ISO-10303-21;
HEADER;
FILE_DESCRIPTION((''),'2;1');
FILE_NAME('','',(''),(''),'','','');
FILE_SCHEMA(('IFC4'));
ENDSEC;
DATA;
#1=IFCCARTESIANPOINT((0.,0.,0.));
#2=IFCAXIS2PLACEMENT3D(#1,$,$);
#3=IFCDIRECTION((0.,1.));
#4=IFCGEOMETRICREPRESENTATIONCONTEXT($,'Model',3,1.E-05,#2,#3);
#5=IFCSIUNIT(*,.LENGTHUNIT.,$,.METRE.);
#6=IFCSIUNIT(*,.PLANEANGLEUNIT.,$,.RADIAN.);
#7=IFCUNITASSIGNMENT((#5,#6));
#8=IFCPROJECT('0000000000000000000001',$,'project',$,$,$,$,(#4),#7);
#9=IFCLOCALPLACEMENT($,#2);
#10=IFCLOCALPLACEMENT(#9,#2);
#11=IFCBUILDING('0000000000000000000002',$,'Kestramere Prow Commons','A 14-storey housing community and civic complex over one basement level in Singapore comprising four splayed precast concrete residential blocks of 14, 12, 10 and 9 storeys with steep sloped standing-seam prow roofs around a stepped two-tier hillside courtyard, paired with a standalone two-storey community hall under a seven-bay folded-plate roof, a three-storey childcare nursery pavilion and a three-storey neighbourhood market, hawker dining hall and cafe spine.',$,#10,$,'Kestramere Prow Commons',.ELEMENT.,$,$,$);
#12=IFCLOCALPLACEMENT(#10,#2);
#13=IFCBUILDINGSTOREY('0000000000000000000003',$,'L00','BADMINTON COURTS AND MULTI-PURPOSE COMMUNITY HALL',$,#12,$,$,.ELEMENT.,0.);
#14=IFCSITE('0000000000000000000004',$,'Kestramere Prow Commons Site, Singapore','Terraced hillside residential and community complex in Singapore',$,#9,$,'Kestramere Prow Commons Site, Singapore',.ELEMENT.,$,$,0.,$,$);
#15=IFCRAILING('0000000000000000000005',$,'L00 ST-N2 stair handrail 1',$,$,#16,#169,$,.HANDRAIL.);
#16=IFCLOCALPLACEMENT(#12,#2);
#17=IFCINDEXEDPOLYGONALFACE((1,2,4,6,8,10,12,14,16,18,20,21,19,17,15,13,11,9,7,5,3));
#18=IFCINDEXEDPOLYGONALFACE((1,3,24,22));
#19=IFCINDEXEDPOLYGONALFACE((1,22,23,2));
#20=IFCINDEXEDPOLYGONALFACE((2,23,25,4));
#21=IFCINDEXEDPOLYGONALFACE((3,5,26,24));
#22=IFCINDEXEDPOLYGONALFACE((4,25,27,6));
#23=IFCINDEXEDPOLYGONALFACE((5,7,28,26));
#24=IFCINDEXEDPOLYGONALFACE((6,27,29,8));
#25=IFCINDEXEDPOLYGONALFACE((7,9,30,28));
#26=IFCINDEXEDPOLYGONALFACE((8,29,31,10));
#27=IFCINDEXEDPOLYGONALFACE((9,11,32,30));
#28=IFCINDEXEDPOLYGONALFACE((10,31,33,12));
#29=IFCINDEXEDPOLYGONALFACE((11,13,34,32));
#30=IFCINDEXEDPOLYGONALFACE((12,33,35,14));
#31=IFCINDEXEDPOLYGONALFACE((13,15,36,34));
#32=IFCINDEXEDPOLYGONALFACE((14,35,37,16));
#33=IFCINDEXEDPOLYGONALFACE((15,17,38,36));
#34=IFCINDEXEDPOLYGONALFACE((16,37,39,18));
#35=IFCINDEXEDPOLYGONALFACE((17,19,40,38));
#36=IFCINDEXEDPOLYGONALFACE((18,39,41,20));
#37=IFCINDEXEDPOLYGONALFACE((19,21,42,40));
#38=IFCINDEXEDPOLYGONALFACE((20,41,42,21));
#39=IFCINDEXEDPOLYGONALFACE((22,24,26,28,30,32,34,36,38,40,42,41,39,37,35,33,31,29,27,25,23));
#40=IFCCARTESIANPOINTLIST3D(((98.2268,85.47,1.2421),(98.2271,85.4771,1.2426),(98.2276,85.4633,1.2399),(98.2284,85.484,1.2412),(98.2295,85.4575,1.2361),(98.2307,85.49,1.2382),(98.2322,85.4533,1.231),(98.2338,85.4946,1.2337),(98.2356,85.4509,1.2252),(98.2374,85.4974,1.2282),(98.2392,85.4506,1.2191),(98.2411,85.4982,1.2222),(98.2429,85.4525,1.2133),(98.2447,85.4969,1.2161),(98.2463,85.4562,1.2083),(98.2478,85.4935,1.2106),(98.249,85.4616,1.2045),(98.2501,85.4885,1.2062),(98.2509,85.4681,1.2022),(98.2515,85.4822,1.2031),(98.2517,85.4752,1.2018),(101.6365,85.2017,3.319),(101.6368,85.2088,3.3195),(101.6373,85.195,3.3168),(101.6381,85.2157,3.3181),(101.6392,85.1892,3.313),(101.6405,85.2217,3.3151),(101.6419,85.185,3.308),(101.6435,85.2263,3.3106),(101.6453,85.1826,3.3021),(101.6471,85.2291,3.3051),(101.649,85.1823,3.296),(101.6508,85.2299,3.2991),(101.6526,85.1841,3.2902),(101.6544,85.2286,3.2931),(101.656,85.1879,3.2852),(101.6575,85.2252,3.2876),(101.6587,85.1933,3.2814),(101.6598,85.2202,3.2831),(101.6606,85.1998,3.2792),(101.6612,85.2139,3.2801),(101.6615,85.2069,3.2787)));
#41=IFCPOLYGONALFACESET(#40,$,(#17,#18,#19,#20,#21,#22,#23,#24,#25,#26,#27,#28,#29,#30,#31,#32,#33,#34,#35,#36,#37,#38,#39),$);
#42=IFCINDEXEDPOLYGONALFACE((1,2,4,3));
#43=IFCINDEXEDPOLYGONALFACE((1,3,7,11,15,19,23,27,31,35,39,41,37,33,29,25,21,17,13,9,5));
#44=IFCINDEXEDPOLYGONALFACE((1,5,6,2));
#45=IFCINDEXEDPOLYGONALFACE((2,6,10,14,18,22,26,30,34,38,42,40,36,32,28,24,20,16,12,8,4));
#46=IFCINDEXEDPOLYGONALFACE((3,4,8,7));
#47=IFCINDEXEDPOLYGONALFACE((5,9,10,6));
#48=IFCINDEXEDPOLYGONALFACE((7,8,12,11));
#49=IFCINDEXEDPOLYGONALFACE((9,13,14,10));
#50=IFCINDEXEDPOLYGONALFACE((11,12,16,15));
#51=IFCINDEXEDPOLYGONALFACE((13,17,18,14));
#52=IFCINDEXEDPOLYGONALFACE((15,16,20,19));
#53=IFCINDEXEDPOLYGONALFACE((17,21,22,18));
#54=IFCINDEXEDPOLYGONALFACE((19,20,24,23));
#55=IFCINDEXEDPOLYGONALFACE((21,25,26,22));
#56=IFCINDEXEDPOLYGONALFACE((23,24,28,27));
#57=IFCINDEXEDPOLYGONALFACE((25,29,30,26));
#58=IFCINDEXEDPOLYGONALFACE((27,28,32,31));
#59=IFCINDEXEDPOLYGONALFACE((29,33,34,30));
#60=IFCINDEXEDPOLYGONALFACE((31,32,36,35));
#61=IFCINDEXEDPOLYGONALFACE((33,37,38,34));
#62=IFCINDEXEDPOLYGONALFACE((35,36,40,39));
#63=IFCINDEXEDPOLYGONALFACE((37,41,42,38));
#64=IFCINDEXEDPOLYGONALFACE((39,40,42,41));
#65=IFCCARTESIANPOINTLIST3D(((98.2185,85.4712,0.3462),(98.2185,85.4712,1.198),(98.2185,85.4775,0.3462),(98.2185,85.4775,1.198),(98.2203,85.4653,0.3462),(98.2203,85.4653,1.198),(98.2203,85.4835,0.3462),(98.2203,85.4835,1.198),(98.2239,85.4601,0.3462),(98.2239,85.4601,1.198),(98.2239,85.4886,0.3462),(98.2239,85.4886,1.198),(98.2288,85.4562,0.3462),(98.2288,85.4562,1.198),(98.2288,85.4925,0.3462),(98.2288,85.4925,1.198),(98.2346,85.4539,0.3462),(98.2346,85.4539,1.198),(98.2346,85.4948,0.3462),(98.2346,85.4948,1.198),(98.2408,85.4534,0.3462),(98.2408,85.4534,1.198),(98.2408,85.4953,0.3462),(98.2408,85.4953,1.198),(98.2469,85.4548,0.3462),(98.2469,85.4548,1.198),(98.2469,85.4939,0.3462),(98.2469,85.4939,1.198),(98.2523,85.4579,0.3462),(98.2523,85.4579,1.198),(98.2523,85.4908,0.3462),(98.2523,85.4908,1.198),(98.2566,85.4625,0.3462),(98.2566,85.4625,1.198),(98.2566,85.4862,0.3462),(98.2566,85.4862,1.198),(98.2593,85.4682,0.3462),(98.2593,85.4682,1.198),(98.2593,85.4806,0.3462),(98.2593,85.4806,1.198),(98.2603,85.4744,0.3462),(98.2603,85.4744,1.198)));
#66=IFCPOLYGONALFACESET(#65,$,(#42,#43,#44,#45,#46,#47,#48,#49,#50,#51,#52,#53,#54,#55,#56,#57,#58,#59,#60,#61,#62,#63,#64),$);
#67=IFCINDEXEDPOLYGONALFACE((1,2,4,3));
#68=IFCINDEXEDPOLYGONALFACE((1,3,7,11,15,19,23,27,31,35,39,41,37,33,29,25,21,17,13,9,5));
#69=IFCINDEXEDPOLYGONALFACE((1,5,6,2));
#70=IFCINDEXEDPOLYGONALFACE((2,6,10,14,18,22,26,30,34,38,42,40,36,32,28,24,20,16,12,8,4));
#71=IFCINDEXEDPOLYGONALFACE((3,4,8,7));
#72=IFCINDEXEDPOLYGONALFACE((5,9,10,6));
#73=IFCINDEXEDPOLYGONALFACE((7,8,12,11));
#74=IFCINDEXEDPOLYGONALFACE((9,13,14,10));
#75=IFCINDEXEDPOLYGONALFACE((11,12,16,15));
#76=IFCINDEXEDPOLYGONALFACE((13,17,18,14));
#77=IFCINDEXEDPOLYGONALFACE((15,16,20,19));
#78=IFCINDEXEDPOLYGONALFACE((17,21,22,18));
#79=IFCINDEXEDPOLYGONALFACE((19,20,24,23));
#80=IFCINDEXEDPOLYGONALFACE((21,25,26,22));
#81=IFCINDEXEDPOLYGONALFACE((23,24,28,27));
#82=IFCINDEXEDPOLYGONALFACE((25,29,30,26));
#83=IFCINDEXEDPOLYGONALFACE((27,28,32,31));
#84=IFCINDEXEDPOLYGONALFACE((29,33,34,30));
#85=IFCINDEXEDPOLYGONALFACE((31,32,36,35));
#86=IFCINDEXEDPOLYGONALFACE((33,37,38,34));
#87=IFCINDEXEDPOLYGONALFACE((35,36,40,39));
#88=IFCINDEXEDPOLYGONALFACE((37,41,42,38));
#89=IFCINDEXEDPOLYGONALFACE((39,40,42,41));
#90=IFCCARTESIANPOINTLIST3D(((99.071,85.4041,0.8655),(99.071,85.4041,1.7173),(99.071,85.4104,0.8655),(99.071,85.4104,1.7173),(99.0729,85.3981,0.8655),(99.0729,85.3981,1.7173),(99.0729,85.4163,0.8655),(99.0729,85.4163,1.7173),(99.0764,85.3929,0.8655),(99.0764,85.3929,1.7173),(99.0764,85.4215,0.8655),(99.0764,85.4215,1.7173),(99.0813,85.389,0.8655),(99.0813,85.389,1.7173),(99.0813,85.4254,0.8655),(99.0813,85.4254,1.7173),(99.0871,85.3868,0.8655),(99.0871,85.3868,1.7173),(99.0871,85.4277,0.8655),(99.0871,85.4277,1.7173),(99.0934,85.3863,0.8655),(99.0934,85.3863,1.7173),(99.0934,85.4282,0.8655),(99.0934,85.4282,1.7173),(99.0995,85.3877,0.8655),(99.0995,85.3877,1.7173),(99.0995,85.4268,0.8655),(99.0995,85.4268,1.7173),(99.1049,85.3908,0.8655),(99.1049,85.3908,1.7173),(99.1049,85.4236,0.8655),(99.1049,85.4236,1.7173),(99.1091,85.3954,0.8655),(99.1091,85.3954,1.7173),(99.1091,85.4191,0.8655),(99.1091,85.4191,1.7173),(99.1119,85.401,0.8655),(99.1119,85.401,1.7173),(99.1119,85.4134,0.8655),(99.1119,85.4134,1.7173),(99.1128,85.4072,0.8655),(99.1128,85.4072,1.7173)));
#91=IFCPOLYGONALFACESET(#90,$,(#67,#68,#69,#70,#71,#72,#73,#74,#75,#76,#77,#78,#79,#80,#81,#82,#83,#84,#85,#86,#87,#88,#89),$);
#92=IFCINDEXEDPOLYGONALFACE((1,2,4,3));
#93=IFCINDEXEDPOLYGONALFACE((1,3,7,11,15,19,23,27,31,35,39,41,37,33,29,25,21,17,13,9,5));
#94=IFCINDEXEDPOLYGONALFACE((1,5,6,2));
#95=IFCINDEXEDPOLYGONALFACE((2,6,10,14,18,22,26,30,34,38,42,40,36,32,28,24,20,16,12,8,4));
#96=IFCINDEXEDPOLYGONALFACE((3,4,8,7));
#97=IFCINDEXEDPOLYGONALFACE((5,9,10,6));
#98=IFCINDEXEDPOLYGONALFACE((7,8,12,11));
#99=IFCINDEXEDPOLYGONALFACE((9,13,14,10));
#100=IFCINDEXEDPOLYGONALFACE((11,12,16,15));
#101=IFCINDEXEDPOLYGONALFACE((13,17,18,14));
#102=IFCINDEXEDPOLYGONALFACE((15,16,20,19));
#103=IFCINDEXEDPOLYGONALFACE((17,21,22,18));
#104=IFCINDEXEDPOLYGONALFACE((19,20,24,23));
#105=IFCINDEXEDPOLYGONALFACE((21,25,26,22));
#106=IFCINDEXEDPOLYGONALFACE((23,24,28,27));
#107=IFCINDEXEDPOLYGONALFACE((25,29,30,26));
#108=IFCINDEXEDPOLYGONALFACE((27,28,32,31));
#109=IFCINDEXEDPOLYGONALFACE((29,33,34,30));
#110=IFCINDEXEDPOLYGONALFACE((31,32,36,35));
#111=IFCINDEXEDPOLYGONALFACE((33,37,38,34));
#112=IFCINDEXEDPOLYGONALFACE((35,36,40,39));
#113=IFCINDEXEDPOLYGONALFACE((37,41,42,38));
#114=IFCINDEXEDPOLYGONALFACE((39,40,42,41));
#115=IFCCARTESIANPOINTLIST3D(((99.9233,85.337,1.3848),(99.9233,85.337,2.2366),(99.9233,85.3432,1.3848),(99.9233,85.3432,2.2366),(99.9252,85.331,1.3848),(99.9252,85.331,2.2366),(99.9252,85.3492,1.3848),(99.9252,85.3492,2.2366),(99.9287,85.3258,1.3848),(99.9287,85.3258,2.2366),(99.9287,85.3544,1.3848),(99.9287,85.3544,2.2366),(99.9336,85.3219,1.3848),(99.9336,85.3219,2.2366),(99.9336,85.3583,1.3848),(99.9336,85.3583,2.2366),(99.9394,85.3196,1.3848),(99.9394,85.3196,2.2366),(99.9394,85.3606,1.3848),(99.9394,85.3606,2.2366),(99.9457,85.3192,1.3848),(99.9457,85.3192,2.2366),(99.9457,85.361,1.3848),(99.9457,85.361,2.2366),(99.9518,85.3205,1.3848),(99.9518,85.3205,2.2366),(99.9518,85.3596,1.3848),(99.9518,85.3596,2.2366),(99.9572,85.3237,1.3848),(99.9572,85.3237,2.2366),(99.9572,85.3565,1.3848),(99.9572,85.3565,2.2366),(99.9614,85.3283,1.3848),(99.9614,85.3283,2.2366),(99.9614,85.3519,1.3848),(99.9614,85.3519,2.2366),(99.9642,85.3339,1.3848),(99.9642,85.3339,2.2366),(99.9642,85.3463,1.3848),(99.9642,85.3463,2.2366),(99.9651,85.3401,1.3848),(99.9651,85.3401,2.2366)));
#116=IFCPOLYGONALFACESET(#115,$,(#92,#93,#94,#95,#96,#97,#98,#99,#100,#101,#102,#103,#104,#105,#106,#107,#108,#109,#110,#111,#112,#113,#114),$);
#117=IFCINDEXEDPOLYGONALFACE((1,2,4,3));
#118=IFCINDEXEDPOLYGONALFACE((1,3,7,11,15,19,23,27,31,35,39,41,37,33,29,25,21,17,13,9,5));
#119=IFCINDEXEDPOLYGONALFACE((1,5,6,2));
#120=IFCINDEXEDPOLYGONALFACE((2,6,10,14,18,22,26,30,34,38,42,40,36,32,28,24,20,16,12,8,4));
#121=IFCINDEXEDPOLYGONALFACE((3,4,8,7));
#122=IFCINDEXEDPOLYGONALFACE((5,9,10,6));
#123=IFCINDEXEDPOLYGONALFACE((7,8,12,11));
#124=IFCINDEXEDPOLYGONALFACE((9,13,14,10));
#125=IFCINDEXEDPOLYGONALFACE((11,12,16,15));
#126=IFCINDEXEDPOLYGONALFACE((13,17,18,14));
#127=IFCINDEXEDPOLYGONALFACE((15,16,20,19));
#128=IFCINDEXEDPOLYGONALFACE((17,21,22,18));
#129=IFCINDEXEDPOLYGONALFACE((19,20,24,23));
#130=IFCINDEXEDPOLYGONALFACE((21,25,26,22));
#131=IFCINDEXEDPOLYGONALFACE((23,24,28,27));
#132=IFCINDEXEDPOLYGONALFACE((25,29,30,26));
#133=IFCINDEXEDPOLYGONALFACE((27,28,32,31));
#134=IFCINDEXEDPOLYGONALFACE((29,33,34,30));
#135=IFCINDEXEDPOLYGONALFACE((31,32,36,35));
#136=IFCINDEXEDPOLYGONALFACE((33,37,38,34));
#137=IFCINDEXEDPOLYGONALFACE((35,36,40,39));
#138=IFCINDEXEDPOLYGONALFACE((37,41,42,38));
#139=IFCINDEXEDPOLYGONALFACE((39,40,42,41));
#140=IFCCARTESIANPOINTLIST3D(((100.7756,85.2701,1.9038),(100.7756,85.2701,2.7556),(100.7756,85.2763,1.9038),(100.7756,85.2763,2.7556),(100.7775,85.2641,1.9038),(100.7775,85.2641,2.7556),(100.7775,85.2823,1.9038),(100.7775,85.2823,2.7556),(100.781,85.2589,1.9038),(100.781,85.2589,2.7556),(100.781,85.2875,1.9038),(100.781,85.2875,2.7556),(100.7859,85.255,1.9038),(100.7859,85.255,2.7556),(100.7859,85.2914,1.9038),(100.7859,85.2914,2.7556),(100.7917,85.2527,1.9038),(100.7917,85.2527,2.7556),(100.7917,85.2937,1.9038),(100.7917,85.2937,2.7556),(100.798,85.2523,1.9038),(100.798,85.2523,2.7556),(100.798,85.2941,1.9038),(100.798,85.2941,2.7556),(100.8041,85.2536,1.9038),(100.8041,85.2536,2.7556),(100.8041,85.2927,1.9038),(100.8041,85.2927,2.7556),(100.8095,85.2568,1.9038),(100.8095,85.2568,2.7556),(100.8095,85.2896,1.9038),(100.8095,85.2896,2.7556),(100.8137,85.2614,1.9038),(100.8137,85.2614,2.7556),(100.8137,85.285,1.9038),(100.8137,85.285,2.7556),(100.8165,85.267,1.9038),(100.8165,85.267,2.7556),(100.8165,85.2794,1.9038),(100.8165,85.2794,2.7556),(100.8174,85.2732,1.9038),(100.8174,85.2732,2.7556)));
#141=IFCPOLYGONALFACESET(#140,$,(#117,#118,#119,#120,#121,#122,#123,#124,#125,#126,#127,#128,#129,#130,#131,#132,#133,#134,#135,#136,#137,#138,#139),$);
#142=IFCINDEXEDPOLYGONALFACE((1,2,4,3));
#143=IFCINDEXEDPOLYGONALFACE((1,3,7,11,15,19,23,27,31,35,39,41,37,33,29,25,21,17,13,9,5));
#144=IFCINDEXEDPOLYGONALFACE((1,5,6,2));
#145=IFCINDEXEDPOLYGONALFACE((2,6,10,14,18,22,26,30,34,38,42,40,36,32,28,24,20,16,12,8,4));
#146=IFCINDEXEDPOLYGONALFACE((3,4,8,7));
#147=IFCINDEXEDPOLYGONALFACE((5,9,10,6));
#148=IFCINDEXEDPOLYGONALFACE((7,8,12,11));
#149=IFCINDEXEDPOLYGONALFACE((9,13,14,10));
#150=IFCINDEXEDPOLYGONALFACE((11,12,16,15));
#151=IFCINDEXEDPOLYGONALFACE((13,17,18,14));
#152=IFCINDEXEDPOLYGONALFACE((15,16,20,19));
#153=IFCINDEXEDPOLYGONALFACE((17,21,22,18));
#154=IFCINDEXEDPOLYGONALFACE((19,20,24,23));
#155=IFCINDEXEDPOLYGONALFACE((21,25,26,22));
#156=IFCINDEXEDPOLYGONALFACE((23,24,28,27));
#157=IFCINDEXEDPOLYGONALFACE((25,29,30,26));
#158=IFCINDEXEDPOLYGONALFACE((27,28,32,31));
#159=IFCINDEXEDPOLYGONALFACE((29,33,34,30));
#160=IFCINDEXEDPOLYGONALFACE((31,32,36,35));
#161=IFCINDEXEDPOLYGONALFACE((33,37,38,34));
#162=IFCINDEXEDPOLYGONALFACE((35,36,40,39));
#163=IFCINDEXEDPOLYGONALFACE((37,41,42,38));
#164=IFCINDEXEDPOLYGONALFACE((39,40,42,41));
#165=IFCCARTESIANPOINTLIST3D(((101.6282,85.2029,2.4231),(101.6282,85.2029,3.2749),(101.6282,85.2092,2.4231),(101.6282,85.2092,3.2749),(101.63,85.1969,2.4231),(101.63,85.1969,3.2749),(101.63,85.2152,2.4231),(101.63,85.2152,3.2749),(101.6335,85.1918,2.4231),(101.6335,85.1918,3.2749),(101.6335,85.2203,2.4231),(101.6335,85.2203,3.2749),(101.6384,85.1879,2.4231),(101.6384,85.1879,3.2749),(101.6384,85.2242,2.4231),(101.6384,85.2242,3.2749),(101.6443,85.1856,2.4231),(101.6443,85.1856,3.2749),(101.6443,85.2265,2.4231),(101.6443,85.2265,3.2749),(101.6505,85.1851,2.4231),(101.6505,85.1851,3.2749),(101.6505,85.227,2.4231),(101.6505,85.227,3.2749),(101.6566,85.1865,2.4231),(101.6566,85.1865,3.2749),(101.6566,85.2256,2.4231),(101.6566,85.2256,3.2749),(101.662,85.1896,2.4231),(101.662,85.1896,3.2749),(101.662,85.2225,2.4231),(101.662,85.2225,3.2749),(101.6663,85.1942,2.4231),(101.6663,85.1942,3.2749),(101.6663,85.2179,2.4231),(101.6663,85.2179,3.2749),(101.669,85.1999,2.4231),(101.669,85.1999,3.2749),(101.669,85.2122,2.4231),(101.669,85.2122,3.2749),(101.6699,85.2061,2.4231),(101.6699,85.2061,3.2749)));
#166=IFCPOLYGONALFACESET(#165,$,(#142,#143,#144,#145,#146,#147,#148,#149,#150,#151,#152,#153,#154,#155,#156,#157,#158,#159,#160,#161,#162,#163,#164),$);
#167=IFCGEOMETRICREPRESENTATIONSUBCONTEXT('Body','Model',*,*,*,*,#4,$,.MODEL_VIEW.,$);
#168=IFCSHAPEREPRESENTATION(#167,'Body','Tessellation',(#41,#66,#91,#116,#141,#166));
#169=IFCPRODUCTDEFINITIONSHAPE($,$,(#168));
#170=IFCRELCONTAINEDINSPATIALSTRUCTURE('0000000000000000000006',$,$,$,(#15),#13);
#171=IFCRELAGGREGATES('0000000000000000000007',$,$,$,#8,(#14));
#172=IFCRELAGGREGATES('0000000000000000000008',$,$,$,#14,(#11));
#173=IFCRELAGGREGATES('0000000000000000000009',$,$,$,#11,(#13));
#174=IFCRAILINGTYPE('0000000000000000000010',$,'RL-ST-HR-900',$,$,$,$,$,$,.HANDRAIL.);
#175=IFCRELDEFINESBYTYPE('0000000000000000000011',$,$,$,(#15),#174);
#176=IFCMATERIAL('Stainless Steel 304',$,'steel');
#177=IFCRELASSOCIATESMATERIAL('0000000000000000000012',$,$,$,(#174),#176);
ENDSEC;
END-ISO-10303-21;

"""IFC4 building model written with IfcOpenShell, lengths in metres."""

from ifc_helpers import new_model, si_unit, direction, frame, origin, origin_2d, place, context, subcontext, project, spatial, circle, extrude, material, type_object, element, save


model = new_model("IFC4")

# Units and contexts
model_context = context("Model", 3, precision=1e-05, world=origin(), true_north=direction((0.0, 1.0)))
body_context = subcontext(model_context, "Body", "Model", "MODEL_VIEW")
ifc_project = project(units=[si_unit("LENGTHUNIT", "METRE"), si_unit("PLANEANGLEUNIT", "RADIAN")], contexts=[model_context])

# Site, building, storey
site_placement = place(None, origin())
site = spatial("IfcSite", under=ifc_project, at=site_placement, Name="Kestramere Prow Commons Site, Singapore", Description="Terraced hillside residential and community complex in Singapore", LongName="Kestramere Prow Commons Site, Singapore", CompositionType="ELEMENT", RefElevation=0.0)
building_placement = place(site_placement, origin())
building = spatial("IfcBuilding", under=site, at=building_placement, Name="Kestramere Prow Commons", Description="A 14-storey housing community and civic complex over one basement level in Singapore comprising four splayed precast concrete residential blocks of 14, 12, 10 and 9 storeys with steep sloped standing-seam prow roofs around a stepped two-tier hillside courtyard, paired with a standalone two-storey community hall under a seven-bay folded-plate roof, a three-storey childcare nursery pavilion and a three-storey neighbourhood market, hawker dining hall and cafe spine.", LongName="Kestramere Prow Commons", CompositionType="ELEMENT")
storey_placement = place(building_placement, origin())
storey = spatial("IfcBuildingStorey", under=building, at=storey_placement, Name="L00", Description="BADMINTON COURTS AND MULTI-PURPOSE COMMUNITY HALL", CompositionType="ELEMENT", Elevation=0.0)

# Railing
ifc_material_1 = material(Name="Stainless Steel 304", Category="steel")
railing_type_1 = type_object("IfcRailingType", Name="RL-ST-HR-900", PredefinedType="HANDRAIL", material=ifc_material_1)
railing_1_placement = place(storey_placement, frame((98.2393, 85.4744, 0.3462)))
element("IfcRailing", 1, at=railing_1_placement, inside=storey, type_object=railing_type_1, Name="L00 ST-N2 stair handrail 1", PredefinedType="HANDRAIL", context=body_context, shape_type="SweptSolid", body=[
    extrude(circle(Radius=0.0239, at=origin_2d()), frame((0.0, 0.0, 0.876), z_axis=(0.852115, -0.067054, 0.519042), x_axis=(0.078449, 0.996918, 0.0)), (0.0, 0.0, 1.0), 4.0015),
    extrude(circle(Radius=0.021, at=origin_2d()), origin(), (0.0, 0.0, 1.0), 0.8518),
    extrude(circle(Radius=0.021, at=origin_2d()), frame((0.8525, -0.0671, 0.5193)), (0.0, 0.0, 1.0), 0.8518),
    extrude(circle(Radius=0.021, at=origin_2d()), frame((1.7048, -0.1343, 1.0386)), (0.0, 0.0, 1.0), 0.8518),
    extrude(circle(Radius=0.021, at=origin_2d()), frame((2.5571, -0.2012, 1.5576)), (0.0, 0.0, 1.0), 0.8518),
    extrude(circle(Radius=0.021, at=origin_2d()), frame((3.4097, -0.2683, 2.0769)), (0.0, 0.0, 1.0), 0.8518),
])

save(model, "model.ifc")
